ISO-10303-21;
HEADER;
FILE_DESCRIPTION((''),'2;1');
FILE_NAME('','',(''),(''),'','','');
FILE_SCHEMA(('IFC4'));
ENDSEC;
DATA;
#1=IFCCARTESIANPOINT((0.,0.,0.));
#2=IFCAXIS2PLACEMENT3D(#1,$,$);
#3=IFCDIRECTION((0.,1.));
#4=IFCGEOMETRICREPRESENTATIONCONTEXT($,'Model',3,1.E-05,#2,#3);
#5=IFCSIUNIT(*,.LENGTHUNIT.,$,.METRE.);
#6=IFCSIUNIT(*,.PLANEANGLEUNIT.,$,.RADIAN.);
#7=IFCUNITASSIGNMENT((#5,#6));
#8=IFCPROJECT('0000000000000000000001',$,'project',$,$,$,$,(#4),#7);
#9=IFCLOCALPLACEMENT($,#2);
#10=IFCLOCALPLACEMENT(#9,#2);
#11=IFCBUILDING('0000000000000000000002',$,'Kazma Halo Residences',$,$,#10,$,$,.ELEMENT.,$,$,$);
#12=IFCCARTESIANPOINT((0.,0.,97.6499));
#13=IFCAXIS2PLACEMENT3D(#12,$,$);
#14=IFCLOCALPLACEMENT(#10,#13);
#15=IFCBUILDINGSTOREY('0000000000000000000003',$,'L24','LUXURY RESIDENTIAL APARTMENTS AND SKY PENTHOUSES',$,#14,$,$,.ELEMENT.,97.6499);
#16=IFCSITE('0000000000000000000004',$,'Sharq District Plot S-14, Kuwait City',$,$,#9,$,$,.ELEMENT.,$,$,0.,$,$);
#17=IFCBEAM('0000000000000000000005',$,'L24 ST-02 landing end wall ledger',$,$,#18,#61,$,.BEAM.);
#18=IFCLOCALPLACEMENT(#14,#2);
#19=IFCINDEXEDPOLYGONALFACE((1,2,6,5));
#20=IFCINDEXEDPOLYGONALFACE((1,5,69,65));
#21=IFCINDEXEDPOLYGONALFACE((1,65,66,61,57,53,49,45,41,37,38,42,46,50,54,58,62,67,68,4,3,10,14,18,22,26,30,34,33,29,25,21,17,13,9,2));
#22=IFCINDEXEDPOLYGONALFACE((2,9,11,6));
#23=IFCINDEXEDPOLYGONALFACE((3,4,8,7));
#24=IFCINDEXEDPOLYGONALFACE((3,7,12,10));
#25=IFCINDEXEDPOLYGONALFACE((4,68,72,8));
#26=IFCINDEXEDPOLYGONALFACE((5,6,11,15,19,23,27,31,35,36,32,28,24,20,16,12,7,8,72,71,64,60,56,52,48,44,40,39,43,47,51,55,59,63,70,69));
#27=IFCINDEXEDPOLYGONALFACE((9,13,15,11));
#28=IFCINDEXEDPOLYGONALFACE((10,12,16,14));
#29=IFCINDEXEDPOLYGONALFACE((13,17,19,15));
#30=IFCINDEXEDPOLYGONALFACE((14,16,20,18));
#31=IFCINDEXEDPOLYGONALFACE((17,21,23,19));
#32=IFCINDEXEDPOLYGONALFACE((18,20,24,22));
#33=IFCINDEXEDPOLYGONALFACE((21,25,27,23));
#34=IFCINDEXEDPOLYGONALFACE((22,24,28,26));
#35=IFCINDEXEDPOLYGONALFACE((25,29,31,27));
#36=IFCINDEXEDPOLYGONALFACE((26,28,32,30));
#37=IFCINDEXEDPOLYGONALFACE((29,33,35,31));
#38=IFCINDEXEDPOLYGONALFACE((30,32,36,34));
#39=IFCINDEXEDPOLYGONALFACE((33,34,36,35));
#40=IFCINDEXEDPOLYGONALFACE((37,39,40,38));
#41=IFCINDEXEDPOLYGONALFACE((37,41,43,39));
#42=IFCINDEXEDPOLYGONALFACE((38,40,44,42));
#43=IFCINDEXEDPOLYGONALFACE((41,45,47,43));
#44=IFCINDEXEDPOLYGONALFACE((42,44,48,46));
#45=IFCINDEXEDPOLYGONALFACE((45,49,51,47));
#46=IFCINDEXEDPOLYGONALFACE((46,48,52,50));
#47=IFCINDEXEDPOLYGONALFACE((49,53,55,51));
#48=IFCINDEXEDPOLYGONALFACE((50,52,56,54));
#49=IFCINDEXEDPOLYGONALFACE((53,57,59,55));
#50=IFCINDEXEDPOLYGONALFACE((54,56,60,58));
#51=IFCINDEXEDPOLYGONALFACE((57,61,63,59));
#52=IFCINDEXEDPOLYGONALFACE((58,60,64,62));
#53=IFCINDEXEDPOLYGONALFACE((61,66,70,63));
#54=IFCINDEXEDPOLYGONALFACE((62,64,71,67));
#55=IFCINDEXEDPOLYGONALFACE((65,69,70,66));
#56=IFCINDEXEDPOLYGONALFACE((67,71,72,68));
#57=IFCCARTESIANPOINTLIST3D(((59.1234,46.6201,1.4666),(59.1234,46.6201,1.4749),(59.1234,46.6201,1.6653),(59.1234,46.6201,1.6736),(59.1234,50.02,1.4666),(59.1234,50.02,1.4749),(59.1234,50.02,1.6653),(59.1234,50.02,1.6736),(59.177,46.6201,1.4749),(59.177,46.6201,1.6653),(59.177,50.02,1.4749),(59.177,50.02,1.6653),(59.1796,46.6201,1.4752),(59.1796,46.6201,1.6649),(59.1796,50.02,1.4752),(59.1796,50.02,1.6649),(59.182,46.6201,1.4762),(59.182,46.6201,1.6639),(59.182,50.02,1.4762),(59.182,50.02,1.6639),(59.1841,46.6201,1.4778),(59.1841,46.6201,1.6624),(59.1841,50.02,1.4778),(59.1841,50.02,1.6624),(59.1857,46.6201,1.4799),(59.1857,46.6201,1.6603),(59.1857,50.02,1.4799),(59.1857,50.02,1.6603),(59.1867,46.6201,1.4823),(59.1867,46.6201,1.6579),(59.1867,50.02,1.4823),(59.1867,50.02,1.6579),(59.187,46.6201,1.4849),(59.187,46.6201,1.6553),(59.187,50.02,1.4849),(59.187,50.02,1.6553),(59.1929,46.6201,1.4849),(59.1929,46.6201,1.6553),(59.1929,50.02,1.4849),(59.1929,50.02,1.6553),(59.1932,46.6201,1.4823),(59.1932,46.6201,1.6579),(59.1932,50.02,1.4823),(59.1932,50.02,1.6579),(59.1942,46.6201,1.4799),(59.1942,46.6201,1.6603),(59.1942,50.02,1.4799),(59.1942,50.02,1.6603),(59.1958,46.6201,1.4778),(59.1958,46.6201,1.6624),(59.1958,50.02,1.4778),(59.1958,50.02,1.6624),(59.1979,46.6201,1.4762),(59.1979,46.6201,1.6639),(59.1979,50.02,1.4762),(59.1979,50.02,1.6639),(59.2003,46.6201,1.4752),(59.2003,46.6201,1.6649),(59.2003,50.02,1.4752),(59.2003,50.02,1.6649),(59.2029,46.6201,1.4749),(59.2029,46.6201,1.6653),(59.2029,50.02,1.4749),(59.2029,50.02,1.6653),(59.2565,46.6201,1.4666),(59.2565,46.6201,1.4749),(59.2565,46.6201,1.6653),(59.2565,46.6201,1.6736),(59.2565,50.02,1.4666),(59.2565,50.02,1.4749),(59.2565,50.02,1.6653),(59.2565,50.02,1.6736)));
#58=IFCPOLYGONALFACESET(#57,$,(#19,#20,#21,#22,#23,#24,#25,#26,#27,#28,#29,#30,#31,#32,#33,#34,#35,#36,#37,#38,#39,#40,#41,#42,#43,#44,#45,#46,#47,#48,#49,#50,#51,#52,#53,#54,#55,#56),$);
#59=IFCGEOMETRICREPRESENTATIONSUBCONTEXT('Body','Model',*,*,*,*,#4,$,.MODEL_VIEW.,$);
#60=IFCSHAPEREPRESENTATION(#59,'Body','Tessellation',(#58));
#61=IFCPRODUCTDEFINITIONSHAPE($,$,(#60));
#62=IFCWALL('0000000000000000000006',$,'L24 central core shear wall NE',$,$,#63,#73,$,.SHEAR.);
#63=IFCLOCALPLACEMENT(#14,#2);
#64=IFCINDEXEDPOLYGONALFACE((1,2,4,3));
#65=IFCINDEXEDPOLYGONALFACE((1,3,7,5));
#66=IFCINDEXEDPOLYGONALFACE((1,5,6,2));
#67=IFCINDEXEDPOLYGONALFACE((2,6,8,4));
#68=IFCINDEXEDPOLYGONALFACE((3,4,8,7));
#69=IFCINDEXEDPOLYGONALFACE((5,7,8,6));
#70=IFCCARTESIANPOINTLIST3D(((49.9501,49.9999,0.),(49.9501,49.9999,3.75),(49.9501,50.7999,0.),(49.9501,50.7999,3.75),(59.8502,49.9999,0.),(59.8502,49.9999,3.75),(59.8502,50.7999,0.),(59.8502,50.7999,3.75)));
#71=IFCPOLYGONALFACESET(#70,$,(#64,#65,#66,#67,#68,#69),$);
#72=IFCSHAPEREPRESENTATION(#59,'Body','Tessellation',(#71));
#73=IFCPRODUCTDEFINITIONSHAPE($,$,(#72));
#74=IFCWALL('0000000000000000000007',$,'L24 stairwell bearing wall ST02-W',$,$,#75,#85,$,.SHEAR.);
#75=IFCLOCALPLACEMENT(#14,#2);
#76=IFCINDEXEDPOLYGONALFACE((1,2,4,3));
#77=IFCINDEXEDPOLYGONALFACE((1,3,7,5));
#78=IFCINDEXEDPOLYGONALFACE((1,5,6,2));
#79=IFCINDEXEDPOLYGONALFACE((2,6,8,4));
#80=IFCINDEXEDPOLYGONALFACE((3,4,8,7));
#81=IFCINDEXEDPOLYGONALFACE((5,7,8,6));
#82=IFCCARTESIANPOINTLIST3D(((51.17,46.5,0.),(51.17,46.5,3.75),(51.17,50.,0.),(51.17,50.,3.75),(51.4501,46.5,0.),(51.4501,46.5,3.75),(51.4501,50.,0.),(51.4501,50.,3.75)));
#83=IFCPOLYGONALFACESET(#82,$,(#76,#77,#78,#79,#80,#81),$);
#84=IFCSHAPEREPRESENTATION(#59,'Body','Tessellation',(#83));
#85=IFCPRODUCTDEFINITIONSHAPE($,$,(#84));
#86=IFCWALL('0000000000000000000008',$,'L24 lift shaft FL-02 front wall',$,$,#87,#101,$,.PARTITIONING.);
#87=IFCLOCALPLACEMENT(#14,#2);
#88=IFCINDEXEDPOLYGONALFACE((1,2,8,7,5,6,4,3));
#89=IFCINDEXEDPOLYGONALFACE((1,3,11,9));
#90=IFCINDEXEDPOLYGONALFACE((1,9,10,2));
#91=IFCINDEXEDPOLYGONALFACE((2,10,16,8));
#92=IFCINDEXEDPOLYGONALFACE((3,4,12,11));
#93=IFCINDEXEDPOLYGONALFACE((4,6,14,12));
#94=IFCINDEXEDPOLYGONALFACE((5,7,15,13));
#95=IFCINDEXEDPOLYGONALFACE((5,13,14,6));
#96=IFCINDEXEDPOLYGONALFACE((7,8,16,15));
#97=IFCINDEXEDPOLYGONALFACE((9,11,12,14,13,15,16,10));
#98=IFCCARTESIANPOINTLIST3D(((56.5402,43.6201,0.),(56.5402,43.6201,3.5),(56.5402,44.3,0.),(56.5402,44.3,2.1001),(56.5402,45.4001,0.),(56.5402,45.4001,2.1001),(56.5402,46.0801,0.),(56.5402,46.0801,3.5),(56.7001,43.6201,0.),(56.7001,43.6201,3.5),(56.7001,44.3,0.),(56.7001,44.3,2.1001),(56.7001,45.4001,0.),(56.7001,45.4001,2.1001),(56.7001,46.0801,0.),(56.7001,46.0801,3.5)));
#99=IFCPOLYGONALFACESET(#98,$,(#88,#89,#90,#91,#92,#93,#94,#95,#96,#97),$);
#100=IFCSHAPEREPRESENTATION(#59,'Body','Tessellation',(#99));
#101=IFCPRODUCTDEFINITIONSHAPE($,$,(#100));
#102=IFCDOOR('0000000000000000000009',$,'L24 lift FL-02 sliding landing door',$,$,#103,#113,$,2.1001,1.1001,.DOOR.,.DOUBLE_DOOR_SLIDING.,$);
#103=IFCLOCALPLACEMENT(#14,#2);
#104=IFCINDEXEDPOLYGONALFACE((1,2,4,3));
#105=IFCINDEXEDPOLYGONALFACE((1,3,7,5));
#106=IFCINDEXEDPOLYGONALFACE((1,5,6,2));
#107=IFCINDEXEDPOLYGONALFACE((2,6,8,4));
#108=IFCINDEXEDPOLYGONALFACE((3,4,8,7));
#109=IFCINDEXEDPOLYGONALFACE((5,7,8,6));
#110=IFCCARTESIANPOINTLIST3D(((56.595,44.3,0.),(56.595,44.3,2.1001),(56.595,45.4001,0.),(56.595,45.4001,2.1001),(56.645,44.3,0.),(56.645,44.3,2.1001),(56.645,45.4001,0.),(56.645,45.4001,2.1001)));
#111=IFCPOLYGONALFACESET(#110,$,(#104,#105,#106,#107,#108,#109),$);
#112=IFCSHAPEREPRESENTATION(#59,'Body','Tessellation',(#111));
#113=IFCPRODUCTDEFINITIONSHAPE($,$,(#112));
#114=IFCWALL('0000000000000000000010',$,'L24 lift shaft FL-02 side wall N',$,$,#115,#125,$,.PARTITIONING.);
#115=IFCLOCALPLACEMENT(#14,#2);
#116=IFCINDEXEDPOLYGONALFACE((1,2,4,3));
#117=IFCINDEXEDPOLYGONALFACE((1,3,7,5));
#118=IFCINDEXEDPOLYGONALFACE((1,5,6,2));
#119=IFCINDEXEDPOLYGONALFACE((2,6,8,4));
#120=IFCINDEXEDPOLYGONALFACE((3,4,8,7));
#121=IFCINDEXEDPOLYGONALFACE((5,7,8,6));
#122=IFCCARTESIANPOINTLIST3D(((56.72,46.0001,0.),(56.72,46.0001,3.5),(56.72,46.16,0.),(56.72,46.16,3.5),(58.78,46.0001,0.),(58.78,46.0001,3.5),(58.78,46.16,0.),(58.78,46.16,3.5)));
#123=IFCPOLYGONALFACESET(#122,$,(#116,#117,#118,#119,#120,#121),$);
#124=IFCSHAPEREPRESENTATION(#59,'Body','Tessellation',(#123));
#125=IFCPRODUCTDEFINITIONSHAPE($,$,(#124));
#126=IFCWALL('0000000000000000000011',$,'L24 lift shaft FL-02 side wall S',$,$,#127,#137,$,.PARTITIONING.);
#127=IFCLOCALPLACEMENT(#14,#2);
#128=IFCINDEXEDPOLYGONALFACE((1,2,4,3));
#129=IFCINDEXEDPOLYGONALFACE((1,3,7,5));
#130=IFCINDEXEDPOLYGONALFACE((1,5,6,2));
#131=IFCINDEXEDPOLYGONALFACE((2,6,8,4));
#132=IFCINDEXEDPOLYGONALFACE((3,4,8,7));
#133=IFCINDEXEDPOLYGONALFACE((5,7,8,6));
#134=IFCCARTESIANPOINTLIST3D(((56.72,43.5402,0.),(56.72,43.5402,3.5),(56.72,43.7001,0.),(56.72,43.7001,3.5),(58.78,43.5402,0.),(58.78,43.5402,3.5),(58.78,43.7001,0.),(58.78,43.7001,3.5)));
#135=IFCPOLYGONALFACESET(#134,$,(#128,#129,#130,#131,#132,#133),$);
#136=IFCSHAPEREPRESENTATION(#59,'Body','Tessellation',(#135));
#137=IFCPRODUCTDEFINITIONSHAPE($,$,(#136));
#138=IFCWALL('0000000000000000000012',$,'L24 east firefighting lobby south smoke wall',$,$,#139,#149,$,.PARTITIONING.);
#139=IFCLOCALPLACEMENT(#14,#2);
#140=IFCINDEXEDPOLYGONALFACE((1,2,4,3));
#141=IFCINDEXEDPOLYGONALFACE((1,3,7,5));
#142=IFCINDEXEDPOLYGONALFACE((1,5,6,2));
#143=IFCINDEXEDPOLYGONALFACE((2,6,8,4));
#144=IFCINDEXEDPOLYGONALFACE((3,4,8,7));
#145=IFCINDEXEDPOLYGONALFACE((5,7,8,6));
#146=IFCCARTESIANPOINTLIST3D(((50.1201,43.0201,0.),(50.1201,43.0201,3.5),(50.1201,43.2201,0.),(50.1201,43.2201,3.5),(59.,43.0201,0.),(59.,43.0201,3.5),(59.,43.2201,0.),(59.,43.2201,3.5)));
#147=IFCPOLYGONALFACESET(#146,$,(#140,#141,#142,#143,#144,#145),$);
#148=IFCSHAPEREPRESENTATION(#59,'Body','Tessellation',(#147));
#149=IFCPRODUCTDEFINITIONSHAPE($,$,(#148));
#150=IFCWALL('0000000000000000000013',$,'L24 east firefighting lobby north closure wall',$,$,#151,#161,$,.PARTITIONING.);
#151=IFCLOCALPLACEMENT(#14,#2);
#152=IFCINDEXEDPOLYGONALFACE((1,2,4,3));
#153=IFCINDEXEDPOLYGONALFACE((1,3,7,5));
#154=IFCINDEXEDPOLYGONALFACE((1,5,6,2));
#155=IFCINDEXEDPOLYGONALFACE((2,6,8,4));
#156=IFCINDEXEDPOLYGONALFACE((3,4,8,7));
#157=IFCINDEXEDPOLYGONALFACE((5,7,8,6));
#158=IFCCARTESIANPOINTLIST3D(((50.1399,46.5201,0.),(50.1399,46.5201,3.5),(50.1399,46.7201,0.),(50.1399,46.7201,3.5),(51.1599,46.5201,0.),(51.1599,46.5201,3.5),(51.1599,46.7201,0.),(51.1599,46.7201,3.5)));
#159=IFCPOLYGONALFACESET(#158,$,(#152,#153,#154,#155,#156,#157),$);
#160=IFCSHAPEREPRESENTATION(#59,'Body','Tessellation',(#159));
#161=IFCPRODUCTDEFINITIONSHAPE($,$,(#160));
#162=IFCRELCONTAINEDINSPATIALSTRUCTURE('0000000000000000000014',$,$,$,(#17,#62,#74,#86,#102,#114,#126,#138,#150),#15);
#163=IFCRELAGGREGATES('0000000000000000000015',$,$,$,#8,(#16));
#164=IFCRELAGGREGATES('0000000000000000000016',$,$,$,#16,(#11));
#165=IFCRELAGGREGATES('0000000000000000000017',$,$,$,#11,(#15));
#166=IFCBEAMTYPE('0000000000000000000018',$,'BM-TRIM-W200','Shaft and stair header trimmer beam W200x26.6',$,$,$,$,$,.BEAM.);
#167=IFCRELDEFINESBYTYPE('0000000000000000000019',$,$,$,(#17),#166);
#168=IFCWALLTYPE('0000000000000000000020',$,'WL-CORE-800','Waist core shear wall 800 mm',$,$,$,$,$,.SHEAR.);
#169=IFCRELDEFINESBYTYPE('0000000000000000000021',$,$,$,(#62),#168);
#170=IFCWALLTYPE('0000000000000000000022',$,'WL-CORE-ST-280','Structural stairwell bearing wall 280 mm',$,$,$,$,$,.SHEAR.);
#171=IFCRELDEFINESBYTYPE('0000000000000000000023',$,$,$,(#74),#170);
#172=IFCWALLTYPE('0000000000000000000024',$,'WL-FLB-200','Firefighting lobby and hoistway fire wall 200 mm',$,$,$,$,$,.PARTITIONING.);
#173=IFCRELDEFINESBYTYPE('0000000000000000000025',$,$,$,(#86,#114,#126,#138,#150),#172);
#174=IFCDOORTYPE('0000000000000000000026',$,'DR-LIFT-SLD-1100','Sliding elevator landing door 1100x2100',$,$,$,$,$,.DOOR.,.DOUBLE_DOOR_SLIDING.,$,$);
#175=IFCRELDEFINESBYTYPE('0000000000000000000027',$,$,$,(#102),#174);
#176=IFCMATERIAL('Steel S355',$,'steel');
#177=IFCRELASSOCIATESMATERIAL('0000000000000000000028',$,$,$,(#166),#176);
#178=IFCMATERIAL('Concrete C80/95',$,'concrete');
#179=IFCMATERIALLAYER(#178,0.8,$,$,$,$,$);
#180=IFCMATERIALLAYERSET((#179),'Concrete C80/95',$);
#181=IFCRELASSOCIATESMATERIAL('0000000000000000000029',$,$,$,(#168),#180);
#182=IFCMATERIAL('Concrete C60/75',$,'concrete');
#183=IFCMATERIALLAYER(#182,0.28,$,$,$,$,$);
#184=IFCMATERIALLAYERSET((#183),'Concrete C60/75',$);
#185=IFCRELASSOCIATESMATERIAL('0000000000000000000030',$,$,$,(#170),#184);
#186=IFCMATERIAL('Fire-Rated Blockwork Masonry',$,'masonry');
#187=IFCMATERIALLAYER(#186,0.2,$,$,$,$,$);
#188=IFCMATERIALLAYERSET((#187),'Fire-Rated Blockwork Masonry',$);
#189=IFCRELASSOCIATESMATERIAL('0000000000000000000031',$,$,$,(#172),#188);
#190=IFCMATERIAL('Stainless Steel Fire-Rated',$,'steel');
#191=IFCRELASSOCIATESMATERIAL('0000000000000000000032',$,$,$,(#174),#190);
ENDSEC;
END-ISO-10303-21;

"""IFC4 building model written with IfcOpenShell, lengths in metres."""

from ifc_helpers import new_model, si_unit, direction, frame, frame_2d, origin, origin_2d, place, context, subcontext, project, spatial, rectangle, i_section, extrude, material, layer, layer_set, material_profile, profile_set, type_object, element, fill, save


model = new_model("IFC4")

# Units and contexts
model_context = context("Model", 3, precision=1e-05, world=origin(), true_north=direction((0.0, 1.0)))
body_context = subcontext(model_context, "Body", "Model", "MODEL_VIEW")
ifc_project = project(units=[si_unit("LENGTHUNIT", "METRE"), si_unit("PLANEANGLEUNIT", "RADIAN")], contexts=[model_context])

# Site, building, storey
site_placement = place(None, origin())
site = spatial("IfcSite", under=ifc_project, at=site_placement, Name="Sharq District Plot S-14, Kuwait City", CompositionType="ELEMENT", RefElevation=0.0)
building_placement = place(site_placement, origin())
building = spatial("IfcBuilding", under=site, at=building_placement, Name="Kazma Halo Residences", CompositionType="ELEMENT")
storey_placement = place(building_placement, frame((0.0, 0.0, 97.6499)))
storey = spatial("IfcBuildingStorey", under=building, at=storey_placement, Name="L24", Description="LUXURY RESIDENTIAL APARTMENTS AND SKY PENTHOUSES", CompositionType="ELEMENT", Elevation=97.6499)

# Shared definitions
ifc_material_1 = material(Name="Steel S355", Category="steel")

# Beam
ifc_material_profile_1 = material_profile(ifc_material_1, i_section(OverallWidth=0.1331, OverallDepth=0.207, WebThickness=0.0059, FlangeThickness=0.0083, FilletRadius=0.01, at=origin_2d()), Name="W200x26.6")
ifc_profile_set_1 = profile_set([ifc_material_profile_1], Name="Steel S355")
beam_type_1 = type_object("IfcBeamType", Name="BM-TRIM-W200", Description="Shaft and stair header trimmer beam W200x26.6", PredefinedType="BEAM", material=ifc_profile_set_1)
beam_1_placement = place(storey_placement, frame((59.1899, 46.6201, 1.5701), z_axis=(0.0, 1.0, 0.0), x_axis=(-1.0, 0.0, 0.0)))
element("IfcBeam", 1, at=beam_1_placement, inside=storey, type_object=beam_type_1, Name="L24 ST-02 landing end wall ledger", PredefinedType="BEAM", context=body_context, shape_type="SweptSolid", body=[
    extrude(i_section(OverallWidth=0.1331, OverallDepth=0.207, WebThickness=0.0059, FlangeThickness=0.0083, FilletRadius=0.01, at=origin_2d()), origin(), (0.0, 0.0, 1.0), 3.3999),
])

# Walls
ifc_material_2 = material(Name="Concrete C80/95", Category="concrete")
ifc_layer_1 = layer(ifc_material_2, 0.8)
ifc_layer_set_1 = layer_set([ifc_layer_1], Name="Concrete C80/95")
wall_type_1 = type_object("IfcWallType", Name="WL-CORE-800", Description="Waist core shear wall 800 mm", PredefinedType="SHEAR", material=ifc_layer_set_1)
wall_1_placement = place(storey_placement, frame((49.95, 50.3999, 0.0), z_axis=(0.0, 0.0, 1.0), x_axis=(1.0, 0.0, 0.0)))
element("IfcWall", 2, at=wall_1_placement, inside=storey, type_object=wall_type_1, Name="L24 central core shear wall NE", PredefinedType="SHEAR", context=body_context, shape_type="SweptSolid", body=[
    extrude(rectangle(XDim=9.9001, YDim=0.8, at=frame_2d((4.9502, 0.0))), origin(), (0.0, 0.0, 1.0), 3.75),
])
ifc_material_3 = material(Name="Concrete C60/75", Category="concrete")
ifc_layer_2 = layer(ifc_material_3, 0.28)
ifc_layer_set_2 = layer_set([ifc_layer_2], Name="Concrete C60/75")
wall_type_2 = type_object("IfcWallType", Name="WL-CORE-ST-280", Description="Structural stairwell bearing wall 280 mm", PredefinedType="SHEAR", material=ifc_layer_set_2)
wall_2_placement = place(storey_placement, frame((51.3101, 46.5, 0.0), z_axis=(0.0, 0.0, 1.0), x_axis=(0.0, 1.0, 0.0)))
element("IfcWall", 3, at=wall_2_placement, inside=storey, type_object=wall_type_2, Name="L24 stairwell bearing wall ST02-W", PredefinedType="SHEAR", context=body_context, shape_type="SweptSolid", body=[
    extrude(rectangle(XDim=3.5, YDim=0.28, at=frame_2d((1.75, 0.0))), origin(), (0.0, 0.0, 1.0), 3.75),
])

# Wall, opening, door
ifc_material_4 = material(Name="Fire-Rated Blockwork Masonry", Category="masonry")
ifc_layer_3 = layer(ifc_material_4, 0.2)
ifc_layer_set_3 = layer_set([ifc_layer_3], Name="Fire-Rated Blockwork Masonry")
wall_type_3 = type_object("IfcWallType", Name="WL-FLB-200", Description="Firefighting lobby and hoistway fire wall 200 mm", PredefinedType="PARTITIONING", material=ifc_layer_set_3)
wall_3_placement = place(storey_placement, frame((56.6201, 46.0801, 0.0), z_axis=(0.0, 0.0, 1.0), x_axis=(0.0, -1.0, 0.0)))
wall_3 = element("IfcWall", 4, at=wall_3_placement, inside=storey, type_object=wall_type_3, Name="L24 lift shaft FL-02 front wall", PredefinedType="PARTITIONING", context=body_context, shape_type="SweptSolid", body=[
    extrude(rectangle(XDim=2.46, YDim=0.1599, at=frame_2d((1.23, 0.0))), origin(), (0.0, 0.0, 1.0), 3.5),
])
opening_1_placement = place(wall_3_placement, frame((0.6799, 0.0, 0.0)))
opening_1 = element("IfcOpeningElement", 5, at=opening_1_placement, cuts=wall_3, PredefinedType="OPENING", context=body_context, shape_type="SweptSolid", body=[
    extrude(rectangle(XDim=1.1001, YDim=2.1001, at=frame_2d((0.55, 1.05))), frame((0.0, 0.0898, 0.0), z_axis=(0.0, -1.0, 0.0), x_axis=(1.0, 0.0, 0.0)), (0.0, 0.0, 1.0), 0.1799),
])
ifc_material_5 = material(Name="Stainless Steel Fire-Rated", Category="steel")
door_type_1 = type_object("IfcDoorType", Name="DR-LIFT-SLD-1100", Description="Sliding elevator landing door 1100x2100", OperationType="DOUBLE_DOOR_SLIDING", PredefinedType="DOOR", material=ifc_material_5)
door_1_placement = place(opening_1_placement, origin())
door_1 = element("IfcDoor", 6, at=door_1_placement, inside=storey, type_object=door_type_1, Name="L24 lift FL-02 sliding landing door", OperationType="DOUBLE_DOOR_SLIDING", OverallHeight=2.1001, OverallWidth=1.1001, PredefinedType="DOOR", context=body_context, shape_type="SweptSolid", body=[
    extrude(rectangle(XDim=1.1001, YDim=2.1001, at=frame_2d((0.55, 1.05))), frame((0.0, 0.0249, 0.0), z_axis=(0.0, -1.0, 0.0), x_axis=(1.0, 0.0, 0.0)), (0.0, 0.0, 1.0), 0.05),
])
fill(opening_1, door_1)

# Walls
for number, where, z_axis, x_axis, name in (
    (7, (56.72, 46.0801, 0.0), (0.0, 0.0, 1.0), (1.0, 0.0, 0.0), "L24 lift shaft FL-02 side wall N"),
    (8, (56.72, 43.6201, 0.0), (0.0, 0.0, 1.0), (1.0, 0.0, 0.0), "L24 lift shaft FL-02 side wall S"),
):
    element("IfcWall", number, at=place(storey_placement, frame(where, z_axis=z_axis, x_axis=x_axis)), inside=storey, type_object=wall_type_3, Name=name, PredefinedType="PARTITIONING", context=body_context, shape_type="SweptSolid", body=[
        extrude(rectangle(XDim=2.0601, YDim=0.1599, at=frame_2d((1.03, 0.0))), origin(), (0.0, 0.0, 1.0), 3.5),
    ])
wall_4_placement = place(storey_placement, frame((50.1201, 43.1201, 0.0), z_axis=(0.0, 0.0, 1.0), x_axis=(1.0, 0.0, 0.0)))
element("IfcWall", 9, at=wall_4_placement, inside=storey, type_object=wall_type_3, Name="L24 east firefighting lobby south smoke wall", PredefinedType="PARTITIONING", context=body_context, shape_type="SweptSolid", body=[
    extrude(rectangle(XDim=8.8799, YDim=0.2, at=frame_2d((4.4399, 0.0))), origin(), (0.0, 0.0, 1.0), 3.5),
])
wall_5_placement = place(storey_placement, frame((50.1399, 46.6201, 0.0), z_axis=(0.0, 0.0, 1.0), x_axis=(1.0, 0.0, 0.0)))
element("IfcWall", 10, at=wall_5_placement, inside=storey, type_object=wall_type_3, Name="L24 east firefighting lobby north closure wall", PredefinedType="PARTITIONING", context=body_context, shape_type="SweptSolid", body=[
    extrude(rectangle(XDim=1.02, YDim=0.2, at=frame_2d((0.51, 0.0))), origin(), (0.0, 0.0, 1.0), 3.5),
])

save(model, "model.ifc")
